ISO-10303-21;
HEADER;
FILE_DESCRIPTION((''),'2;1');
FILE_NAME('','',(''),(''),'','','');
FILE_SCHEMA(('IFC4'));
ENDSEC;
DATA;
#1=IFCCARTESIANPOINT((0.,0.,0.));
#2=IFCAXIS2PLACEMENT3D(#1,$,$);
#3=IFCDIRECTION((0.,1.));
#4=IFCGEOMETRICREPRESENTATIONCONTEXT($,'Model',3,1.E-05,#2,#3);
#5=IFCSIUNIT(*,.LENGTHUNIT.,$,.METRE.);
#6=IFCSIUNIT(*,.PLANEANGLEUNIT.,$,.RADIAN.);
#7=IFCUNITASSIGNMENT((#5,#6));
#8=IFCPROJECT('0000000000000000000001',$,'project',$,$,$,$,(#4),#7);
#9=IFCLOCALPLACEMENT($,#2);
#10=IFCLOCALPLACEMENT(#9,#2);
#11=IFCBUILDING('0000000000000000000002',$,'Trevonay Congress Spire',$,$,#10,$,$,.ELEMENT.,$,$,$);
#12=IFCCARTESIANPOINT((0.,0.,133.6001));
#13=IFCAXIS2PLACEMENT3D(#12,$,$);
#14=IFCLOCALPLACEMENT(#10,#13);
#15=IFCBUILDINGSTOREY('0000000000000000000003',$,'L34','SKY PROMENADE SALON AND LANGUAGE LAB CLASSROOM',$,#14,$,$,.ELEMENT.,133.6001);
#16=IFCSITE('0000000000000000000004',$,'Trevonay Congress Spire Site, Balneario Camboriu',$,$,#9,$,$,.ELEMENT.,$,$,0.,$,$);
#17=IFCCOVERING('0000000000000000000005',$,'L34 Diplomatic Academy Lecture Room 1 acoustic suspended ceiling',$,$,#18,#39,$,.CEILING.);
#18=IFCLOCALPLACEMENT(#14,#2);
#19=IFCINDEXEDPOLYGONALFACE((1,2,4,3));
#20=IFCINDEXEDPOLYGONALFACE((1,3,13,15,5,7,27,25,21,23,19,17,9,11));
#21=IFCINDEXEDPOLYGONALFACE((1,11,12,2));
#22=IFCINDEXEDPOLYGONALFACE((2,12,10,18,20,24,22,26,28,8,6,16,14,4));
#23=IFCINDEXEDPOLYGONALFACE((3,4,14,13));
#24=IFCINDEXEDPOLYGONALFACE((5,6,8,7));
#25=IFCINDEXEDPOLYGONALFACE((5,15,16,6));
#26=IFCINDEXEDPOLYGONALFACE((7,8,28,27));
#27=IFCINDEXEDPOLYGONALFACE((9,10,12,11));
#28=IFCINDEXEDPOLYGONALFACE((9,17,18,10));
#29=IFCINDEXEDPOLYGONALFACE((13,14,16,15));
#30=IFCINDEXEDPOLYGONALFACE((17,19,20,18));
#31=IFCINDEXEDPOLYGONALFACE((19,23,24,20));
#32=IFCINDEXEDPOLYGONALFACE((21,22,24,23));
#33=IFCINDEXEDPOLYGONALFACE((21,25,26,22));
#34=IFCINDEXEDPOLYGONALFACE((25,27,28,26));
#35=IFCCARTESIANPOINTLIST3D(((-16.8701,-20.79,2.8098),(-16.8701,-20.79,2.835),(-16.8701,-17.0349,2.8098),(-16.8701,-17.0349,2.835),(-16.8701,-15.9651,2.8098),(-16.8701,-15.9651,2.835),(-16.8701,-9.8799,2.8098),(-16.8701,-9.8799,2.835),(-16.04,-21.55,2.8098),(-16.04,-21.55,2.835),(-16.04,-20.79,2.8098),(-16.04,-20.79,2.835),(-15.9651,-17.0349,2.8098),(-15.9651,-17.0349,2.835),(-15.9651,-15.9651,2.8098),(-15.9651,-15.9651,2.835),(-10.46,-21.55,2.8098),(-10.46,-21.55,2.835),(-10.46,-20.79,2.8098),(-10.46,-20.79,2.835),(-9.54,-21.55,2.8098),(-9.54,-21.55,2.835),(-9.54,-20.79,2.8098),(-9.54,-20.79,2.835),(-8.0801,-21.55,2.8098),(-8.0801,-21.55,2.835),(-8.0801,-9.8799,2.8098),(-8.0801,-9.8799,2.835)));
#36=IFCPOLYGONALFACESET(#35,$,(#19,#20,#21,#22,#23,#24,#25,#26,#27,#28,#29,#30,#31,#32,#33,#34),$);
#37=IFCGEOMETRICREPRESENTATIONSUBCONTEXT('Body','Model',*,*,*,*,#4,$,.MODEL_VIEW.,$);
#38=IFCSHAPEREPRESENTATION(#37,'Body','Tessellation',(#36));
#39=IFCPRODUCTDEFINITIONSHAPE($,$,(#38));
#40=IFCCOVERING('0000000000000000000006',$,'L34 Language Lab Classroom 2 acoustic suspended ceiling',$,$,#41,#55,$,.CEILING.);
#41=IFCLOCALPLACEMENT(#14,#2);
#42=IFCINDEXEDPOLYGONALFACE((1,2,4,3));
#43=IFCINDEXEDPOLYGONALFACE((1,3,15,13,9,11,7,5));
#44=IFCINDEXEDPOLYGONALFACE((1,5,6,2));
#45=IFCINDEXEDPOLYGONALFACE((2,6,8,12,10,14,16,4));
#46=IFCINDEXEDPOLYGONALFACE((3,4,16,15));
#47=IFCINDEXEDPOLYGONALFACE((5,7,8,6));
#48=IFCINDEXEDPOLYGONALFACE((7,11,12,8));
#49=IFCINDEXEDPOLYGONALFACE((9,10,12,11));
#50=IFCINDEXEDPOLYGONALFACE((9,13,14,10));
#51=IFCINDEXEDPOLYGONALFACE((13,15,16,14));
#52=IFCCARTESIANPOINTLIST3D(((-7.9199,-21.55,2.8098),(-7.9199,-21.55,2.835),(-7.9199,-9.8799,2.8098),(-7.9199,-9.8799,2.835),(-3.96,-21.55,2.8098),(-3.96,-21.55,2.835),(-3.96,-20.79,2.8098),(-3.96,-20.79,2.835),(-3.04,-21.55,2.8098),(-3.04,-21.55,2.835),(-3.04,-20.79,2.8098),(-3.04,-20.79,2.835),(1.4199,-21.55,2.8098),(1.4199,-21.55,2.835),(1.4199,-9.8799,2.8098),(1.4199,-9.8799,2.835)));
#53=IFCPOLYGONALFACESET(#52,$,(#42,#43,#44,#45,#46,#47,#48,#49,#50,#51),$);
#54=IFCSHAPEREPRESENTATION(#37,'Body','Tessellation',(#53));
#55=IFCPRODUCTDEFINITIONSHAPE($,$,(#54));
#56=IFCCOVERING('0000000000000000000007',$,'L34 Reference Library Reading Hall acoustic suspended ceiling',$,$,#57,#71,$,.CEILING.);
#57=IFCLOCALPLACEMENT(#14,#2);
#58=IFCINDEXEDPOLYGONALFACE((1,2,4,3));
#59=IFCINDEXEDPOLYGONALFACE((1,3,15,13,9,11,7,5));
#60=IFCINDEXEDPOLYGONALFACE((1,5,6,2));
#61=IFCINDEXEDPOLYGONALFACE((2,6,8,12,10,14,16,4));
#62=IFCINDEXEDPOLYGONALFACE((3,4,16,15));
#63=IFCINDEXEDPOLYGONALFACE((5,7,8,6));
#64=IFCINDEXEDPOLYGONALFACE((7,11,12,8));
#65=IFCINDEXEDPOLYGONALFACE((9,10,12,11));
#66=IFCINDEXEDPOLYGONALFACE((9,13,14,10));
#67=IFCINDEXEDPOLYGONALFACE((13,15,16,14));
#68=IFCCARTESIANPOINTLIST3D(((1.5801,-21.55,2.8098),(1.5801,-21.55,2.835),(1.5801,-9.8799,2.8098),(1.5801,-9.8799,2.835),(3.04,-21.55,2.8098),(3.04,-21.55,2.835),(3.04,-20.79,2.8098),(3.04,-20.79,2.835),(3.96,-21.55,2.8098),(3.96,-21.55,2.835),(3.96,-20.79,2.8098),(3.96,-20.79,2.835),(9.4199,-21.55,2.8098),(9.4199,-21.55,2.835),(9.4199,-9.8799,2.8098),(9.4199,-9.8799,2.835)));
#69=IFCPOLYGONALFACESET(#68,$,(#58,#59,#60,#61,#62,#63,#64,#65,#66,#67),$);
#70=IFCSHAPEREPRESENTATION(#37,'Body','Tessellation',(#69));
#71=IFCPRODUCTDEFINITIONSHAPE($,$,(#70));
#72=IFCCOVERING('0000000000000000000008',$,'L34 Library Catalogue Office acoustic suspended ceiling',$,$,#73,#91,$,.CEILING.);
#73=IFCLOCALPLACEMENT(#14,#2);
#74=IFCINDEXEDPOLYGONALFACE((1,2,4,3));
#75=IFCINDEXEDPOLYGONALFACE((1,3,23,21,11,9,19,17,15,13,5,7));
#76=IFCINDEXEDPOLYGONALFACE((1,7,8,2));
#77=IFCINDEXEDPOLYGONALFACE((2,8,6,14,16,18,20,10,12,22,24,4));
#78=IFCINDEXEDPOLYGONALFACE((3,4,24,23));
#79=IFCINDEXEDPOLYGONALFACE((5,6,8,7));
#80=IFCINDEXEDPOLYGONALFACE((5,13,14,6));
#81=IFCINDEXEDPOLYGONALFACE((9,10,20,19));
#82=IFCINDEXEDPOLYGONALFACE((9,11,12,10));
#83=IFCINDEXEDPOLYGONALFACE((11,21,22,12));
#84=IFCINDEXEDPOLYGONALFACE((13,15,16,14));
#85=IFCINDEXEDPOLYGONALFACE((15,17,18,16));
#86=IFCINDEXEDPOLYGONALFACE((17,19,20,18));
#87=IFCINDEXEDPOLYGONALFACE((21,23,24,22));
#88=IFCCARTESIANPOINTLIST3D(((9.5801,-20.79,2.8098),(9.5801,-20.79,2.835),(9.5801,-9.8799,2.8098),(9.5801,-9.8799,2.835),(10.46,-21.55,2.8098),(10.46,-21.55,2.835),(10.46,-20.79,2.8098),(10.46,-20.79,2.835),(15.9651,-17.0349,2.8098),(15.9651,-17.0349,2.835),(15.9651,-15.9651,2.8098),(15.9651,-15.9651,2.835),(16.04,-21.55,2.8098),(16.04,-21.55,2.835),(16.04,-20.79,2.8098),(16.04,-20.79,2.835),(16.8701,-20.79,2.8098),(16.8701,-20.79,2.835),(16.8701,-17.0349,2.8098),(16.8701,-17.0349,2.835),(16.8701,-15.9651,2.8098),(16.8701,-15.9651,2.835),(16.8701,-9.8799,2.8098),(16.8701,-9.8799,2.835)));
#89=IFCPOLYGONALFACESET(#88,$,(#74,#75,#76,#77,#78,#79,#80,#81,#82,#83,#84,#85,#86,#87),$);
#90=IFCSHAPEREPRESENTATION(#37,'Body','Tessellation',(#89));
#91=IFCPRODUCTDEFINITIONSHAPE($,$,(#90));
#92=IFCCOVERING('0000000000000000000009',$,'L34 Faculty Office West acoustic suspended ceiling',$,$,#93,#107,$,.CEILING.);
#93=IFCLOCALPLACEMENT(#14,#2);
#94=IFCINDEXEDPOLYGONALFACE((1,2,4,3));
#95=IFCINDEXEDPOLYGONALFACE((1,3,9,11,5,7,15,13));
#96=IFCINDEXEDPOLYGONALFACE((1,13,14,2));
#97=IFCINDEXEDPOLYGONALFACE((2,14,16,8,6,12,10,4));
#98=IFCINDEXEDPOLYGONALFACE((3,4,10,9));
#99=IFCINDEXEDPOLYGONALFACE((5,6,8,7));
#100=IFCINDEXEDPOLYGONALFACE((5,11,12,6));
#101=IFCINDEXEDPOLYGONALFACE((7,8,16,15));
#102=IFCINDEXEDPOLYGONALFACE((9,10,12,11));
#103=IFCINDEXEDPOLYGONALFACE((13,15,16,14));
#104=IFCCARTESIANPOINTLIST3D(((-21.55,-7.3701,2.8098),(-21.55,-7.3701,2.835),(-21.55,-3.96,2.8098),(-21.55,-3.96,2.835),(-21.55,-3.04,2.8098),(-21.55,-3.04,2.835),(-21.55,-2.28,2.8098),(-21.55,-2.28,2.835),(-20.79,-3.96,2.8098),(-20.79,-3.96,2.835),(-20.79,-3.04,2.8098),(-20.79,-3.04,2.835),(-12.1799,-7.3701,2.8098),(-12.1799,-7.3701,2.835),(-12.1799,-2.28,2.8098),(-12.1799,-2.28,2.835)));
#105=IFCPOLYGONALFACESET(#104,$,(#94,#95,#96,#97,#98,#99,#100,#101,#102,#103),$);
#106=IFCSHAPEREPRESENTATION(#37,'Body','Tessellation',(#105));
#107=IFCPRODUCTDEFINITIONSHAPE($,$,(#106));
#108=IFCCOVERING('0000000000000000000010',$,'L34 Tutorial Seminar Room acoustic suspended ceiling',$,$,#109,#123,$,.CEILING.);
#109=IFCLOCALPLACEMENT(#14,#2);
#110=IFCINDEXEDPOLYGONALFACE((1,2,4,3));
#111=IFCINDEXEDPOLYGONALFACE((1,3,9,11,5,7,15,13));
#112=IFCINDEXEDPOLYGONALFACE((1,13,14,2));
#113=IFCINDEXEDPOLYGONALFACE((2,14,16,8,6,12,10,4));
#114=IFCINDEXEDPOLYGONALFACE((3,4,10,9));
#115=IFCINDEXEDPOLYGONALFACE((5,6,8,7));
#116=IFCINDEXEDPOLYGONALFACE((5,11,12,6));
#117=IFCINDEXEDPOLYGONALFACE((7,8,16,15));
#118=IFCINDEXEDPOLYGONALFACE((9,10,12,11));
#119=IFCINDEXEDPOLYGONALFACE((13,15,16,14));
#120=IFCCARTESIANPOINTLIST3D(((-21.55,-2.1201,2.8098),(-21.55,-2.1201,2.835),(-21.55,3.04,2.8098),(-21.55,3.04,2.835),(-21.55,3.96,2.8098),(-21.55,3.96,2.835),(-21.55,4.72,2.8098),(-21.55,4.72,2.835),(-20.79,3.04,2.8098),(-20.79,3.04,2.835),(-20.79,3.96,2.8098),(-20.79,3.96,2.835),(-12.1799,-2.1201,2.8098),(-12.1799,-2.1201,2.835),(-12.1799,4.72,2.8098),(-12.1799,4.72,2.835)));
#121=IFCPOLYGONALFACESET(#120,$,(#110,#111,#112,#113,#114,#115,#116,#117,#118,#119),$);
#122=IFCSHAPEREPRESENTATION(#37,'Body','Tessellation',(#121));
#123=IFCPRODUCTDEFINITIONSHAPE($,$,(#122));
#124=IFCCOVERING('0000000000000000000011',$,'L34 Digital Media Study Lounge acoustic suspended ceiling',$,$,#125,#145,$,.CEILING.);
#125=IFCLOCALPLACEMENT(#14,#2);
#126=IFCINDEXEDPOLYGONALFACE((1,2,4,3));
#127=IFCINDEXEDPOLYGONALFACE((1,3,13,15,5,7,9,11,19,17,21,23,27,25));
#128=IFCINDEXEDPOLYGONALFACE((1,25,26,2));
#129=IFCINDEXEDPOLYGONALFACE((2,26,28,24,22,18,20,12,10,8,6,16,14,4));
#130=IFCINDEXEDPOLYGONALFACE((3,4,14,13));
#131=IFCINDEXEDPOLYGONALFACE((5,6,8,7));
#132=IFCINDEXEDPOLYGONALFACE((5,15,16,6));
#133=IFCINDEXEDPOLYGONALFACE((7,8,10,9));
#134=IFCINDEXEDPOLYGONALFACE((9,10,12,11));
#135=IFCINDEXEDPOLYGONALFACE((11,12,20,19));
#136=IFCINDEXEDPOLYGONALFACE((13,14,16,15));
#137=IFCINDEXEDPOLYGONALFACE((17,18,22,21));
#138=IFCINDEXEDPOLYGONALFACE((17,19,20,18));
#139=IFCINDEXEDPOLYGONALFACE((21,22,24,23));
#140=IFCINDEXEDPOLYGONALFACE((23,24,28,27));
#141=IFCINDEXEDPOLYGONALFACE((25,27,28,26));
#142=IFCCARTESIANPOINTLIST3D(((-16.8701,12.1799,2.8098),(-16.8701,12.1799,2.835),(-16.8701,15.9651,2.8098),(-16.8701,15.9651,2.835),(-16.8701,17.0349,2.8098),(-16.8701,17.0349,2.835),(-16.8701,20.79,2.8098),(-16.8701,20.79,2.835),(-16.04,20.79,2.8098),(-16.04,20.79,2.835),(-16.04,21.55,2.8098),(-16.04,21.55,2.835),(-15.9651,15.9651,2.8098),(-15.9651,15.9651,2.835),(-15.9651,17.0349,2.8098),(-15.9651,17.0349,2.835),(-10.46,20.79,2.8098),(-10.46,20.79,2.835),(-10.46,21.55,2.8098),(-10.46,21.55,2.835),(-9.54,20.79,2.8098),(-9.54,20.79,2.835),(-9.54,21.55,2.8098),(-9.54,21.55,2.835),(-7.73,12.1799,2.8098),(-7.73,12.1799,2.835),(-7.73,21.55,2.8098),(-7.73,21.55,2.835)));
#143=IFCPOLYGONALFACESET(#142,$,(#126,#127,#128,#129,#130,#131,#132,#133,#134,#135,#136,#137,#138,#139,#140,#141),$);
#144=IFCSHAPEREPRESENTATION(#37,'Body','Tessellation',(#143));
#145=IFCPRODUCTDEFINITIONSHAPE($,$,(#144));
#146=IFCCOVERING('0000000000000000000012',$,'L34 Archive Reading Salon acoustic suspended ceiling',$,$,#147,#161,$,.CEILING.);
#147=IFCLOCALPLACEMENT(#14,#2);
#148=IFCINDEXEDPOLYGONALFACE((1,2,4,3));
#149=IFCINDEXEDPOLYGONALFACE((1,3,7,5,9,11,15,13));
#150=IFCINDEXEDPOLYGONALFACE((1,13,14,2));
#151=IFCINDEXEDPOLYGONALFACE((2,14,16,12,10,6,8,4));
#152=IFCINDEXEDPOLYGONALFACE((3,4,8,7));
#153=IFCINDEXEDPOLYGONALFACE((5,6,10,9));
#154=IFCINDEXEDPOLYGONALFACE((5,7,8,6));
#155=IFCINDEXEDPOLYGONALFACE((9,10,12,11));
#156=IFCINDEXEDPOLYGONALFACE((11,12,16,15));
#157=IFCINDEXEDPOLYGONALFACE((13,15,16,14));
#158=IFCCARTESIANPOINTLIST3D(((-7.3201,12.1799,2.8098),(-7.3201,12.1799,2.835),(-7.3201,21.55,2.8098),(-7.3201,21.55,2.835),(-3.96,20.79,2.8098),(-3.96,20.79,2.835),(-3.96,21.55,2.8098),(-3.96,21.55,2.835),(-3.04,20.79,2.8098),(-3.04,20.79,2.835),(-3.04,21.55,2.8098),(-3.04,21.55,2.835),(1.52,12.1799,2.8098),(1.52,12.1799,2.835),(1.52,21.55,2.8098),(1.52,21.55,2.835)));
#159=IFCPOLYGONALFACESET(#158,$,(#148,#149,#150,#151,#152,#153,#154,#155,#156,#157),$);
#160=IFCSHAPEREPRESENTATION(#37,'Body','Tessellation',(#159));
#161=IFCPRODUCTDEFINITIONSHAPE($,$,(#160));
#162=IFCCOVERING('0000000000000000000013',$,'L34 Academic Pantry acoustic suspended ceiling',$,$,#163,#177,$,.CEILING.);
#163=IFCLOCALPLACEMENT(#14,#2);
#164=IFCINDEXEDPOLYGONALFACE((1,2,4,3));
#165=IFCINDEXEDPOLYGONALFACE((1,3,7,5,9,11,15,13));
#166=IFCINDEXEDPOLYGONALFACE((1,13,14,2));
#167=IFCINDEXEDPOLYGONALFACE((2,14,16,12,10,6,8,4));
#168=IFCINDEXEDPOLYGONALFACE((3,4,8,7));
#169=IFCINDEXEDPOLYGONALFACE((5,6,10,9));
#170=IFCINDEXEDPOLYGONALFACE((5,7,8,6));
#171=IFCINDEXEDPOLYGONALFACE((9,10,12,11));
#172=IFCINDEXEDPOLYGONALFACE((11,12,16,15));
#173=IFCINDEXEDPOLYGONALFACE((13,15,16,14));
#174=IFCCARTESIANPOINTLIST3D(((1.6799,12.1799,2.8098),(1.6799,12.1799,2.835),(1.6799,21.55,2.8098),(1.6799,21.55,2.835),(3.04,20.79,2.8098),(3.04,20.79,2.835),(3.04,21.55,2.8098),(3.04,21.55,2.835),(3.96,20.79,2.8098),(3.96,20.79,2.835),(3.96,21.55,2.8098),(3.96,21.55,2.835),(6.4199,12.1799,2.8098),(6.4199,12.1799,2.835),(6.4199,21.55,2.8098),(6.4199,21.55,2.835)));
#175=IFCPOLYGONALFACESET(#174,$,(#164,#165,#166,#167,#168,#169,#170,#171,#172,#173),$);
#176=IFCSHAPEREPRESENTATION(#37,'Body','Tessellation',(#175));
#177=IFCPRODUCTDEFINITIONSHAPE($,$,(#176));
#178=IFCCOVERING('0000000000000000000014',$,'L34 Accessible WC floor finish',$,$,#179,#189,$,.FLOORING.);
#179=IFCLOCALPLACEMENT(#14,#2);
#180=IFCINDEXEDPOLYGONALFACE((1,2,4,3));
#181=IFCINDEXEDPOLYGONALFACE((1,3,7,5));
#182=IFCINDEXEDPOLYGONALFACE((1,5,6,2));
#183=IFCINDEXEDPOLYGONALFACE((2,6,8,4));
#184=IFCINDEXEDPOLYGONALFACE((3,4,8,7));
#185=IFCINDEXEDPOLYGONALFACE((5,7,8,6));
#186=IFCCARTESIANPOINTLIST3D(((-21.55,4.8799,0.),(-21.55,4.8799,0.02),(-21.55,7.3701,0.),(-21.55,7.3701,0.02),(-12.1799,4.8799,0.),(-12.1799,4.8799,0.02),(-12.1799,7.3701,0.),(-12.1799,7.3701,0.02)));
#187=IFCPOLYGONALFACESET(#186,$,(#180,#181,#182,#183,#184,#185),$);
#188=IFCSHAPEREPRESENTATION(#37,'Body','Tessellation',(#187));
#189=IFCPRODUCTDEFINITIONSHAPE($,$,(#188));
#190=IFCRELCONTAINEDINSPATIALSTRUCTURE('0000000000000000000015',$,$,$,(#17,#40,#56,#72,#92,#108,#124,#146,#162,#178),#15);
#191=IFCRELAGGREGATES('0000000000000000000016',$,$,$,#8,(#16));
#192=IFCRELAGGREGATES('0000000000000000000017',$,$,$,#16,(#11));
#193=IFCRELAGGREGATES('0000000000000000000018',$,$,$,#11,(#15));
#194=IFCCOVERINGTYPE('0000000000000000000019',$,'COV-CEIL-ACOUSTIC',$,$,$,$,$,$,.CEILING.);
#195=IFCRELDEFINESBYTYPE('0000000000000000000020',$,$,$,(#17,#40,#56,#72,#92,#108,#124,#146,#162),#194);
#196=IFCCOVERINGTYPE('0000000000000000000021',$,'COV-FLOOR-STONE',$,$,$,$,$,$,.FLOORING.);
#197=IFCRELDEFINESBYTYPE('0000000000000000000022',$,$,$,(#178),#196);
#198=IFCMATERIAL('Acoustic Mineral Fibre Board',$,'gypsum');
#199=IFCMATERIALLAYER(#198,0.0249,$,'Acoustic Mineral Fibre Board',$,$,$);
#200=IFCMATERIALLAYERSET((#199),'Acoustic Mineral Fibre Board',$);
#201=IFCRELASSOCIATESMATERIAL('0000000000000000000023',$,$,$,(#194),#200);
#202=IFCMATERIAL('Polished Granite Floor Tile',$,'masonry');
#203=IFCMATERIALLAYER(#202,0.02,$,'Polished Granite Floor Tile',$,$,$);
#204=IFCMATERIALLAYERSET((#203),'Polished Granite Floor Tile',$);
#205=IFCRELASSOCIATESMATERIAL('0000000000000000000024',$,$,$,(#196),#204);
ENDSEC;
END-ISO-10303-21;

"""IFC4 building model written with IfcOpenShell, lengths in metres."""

from ifc_helpers import new_model, si_unit, direction, frame, origin, place, context, subcontext, project, spatial, polyline, outline, extrude, material, layer, layer_set, type_object, element, save


model = new_model("IFC4")

# Units and contexts
model_context = context("Model", 3, precision=1e-05, world=origin(), true_north=direction((0.0, 1.0)))
body_context = subcontext(model_context, "Body", "Model", "MODEL_VIEW")
ifc_project = project(units=[si_unit("LENGTHUNIT", "METRE"), si_unit("PLANEANGLEUNIT", "RADIAN")], contexts=[model_context])

# Site, building, storey
site_placement = place(None, origin())
site = spatial("IfcSite", under=ifc_project, at=site_placement, Name="Trevonay Congress Spire Site, Balneario Camboriu", CompositionType="ELEMENT", RefElevation=0.0)
building_placement = place(site_placement, origin())
building = spatial("IfcBuilding", under=site, at=building_placement, Name="Trevonay Congress Spire", CompositionType="ELEMENT")
storey_placement = place(building_placement, frame((0.0, 0.0, 133.6001)))
storey = spatial("IfcBuildingStorey", under=building, at=storey_placement, Name="L34", Description="SKY PROMENADE SALON AND LANGUAGE LAB CLASSROOM", CompositionType="ELEMENT", Elevation=133.6001)

# Coverings
ifc_material_1 = material(Name="Acoustic Mineral Fibre Board", Category="gypsum")
ifc_layer_1 = layer(ifc_material_1, 0.0249, Name="Acoustic Mineral Fibre Board")
ifc_layer_set_1 = layer_set([ifc_layer_1], Name="Acoustic Mineral Fibre Board")
covering_type_1 = type_object("IfcCoveringType", Name="COV-CEIL-ACOUSTIC", PredefinedType="CEILING", material=ifc_layer_set_1)
covering_1_placement = place(storey_placement, frame((0.0, 0.0, 2.8098)))
element("IfcCovering", 1, at=covering_1_placement, inside=storey, type_object=covering_type_1, Name="L34 Diplomatic Academy Lecture Room 1 acoustic suspended ceiling", PredefinedType="CEILING", context=body_context, shape_type="SweptSolid", body=[
    extrude(outline(polyline([(-16.04, -21.55), (-16.04, -20.79), (-16.8701, -20.79), (-16.8701, -17.0349), (-15.9651, -17.0349), (-15.9651, -15.9651), (-16.8701, -15.9651), (-16.8701, -9.8799), (-8.0801, -9.8799), (-8.0801, -21.55), (-9.54, -21.55), (-9.54, -20.79), (-10.46, -20.79), (-10.46, -21.55), (-16.04, -21.55)])), origin(), (0.0, 0.0, 1.0), 0.0251),
])
covering_2_placement = place(storey_placement, frame((0.0, 0.0, 2.8098)))
element("IfcCovering", 2, at=covering_2_placement, inside=storey, type_object=covering_type_1, Name="L34 Language Lab Classroom 2 acoustic suspended ceiling", PredefinedType="CEILING", context=body_context, shape_type="SweptSolid", body=[
    extrude(outline(polyline([(-7.9199, -21.55), (-7.9199, -9.8799), (1.4199, -9.8799), (1.4199, -21.55), (-3.04, -21.55), (-3.04, -20.79), (-3.96, -20.79), (-3.96, -21.55), (-7.9199, -21.55)])), origin(), (0.0, 0.0, 1.0), 0.0251),
])
covering_3_placement = place(storey_placement, frame((0.0, 0.0, 2.8098)))
element("IfcCovering", 3, at=covering_3_placement, inside=storey, type_object=covering_type_1, Name="L34 Reference Library Reading Hall acoustic suspended ceiling", PredefinedType="CEILING", context=body_context, shape_type="SweptSolid", body=[
    extrude(outline(polyline([(1.5801, -21.55), (1.5801, -9.8799), (9.4199, -9.8799), (9.4199, -21.55), (3.96, -21.55), (3.96, -20.79), (3.04, -20.79), (3.04, -21.55), (1.5801, -21.55)])), origin(), (0.0, 0.0, 1.0), 0.0251),
])
covering_4_placement = place(storey_placement, frame((0.0, 0.0, 2.8098)))
element("IfcCovering", 4, at=covering_4_placement, inside=storey, type_object=covering_type_1, Name="L34 Library Catalogue Office acoustic suspended ceiling", PredefinedType="CEILING", context=body_context, shape_type="SweptSolid", body=[
    extrude(outline(polyline([(10.46, -21.55), (10.46, -20.79), (9.5801, -20.79), (9.5801, -9.8799), (16.8701, -9.8799), (16.8701, -15.9651), (15.9651, -15.9651), (15.9651, -17.0349), (16.8701, -17.0349), (16.8701, -20.79), (16.04, -20.79), (16.04, -21.55), (10.46, -21.55)])), origin(), (0.0, 0.0, 1.0), 0.0251),
])
covering_5_placement = place(storey_placement, frame((0.0, 0.0, 2.8098)))
element("IfcCovering", 5, at=covering_5_placement, inside=storey, type_object=covering_type_1, Name="L34 Faculty Office West acoustic suspended ceiling", PredefinedType="CEILING", context=body_context, shape_type="SweptSolid", body=[
    extrude(outline(polyline([(-21.55, -2.28), (-12.1799, -2.28), (-12.1799, -7.3701), (-21.55, -7.3701), (-21.55, -3.96), (-20.79, -3.96), (-20.79, -3.04), (-21.55, -3.04), (-21.55, -2.28)])), origin(), (0.0, 0.0, 1.0), 0.0251),
])
covering_6_placement = place(storey_placement, frame((0.0, 0.0, 2.8098)))
element("IfcCovering", 6, at=covering_6_placement, inside=storey, type_object=covering_type_1, Name="L34 Tutorial Seminar Room acoustic suspended ceiling", PredefinedType="CEILING", context=body_context, shape_type="SweptSolid", body=[
    extrude(outline(polyline([(-21.55, 4.72), (-12.1799, 4.72), (-12.1799, -2.1201), (-21.55, -2.1201), (-21.55, 3.04), (-20.79, 3.04), (-20.79, 3.96), (-21.55, 3.96), (-21.55, 4.72)])), origin(), (0.0, 0.0, 1.0), 0.0251),
])
covering_7_placement = place(storey_placement, frame((0.0, 0.0, 2.8098)))
element("IfcCovering", 7, at=covering_7_placement, inside=storey, type_object=covering_type_1, Name="L34 Digital Media Study Lounge acoustic suspended ceiling", PredefinedType="CEILING", context=body_context, shape_type="SweptSolid", body=[
    extrude(outline(polyline([(-7.73, 21.55), (-7.73, 12.1799), (-16.8701, 12.1799), (-16.8701, 15.9651), (-15.9651, 15.9651), (-15.9651, 17.0349), (-16.8701, 17.0349), (-16.8701, 20.79), (-16.04, 20.79), (-16.04, 21.55), (-10.46, 21.55), (-10.46, 20.79), (-9.54, 20.79), (-9.54, 21.55), (-7.73, 21.55)])), origin(), (0.0, 0.0, 1.0), 0.0251),
])
covering_8_placement = place(storey_placement, frame((0.0, 0.0, 2.8098)))
element("IfcCovering", 8, at=covering_8_placement, inside=storey, type_object=covering_type_1, Name="L34 Archive Reading Salon acoustic suspended ceiling", PredefinedType="CEILING", context=body_context, shape_type="SweptSolid", body=[
    extrude(outline(polyline([(1.52, 21.55), (1.52, 12.1799), (-7.3201, 12.1799), (-7.3201, 21.55), (-3.96, 21.55), (-3.96, 20.79), (-3.04, 20.79), (-3.04, 21.55), (1.52, 21.55)])), origin(), (0.0, 0.0, 1.0), 0.0251),
])
covering_9_placement = place(storey_placement, frame((0.0, 0.0, 2.8098)))
element("IfcCovering", 9, at=covering_9_placement, inside=storey, type_object=covering_type_1, Name="L34 Academic Pantry acoustic suspended ceiling", PredefinedType="CEILING", context=body_context, shape_type="SweptSolid", body=[
    extrude(outline(polyline([(6.4199, 21.55), (6.4199, 12.1799), (1.6799, 12.1799), (1.6799, 21.55), (3.04, 21.55), (3.04, 20.79), (3.96, 20.79), (3.96, 21.55), (6.4199, 21.55)])), origin(), (0.0, 0.0, 1.0), 0.0251),
])
ifc_material_2 = material(Name="Polished Granite Floor Tile", Category="masonry")
ifc_layer_2 = layer(ifc_material_2, 0.02, Name="Polished Granite Floor Tile")
ifc_layer_set_2 = layer_set([ifc_layer_2], Name="Polished Granite Floor Tile")
covering_type_2 = type_object("IfcCoveringType", Name="COV-FLOOR-STONE", PredefinedType="FLOORING", material=ifc_layer_set_2)
covering_10_placement = place(storey_placement, origin())
element("IfcCovering", 10, at=covering_10_placement, inside=storey, type_object=covering_type_2, Name="L34 Accessible WC floor finish", PredefinedType="FLOORING", context=body_context, shape_type="SweptSolid", body=[
    extrude(outline(polyline([(-21.55, 4.8799), (-12.1799, 4.8799), (-12.1799, 7.3701), (-21.55, 7.3701), (-21.55, 4.8799)])), origin(), (0.0, 0.0, 1.0), 0.02),
])

save(model, "model.ifc")
